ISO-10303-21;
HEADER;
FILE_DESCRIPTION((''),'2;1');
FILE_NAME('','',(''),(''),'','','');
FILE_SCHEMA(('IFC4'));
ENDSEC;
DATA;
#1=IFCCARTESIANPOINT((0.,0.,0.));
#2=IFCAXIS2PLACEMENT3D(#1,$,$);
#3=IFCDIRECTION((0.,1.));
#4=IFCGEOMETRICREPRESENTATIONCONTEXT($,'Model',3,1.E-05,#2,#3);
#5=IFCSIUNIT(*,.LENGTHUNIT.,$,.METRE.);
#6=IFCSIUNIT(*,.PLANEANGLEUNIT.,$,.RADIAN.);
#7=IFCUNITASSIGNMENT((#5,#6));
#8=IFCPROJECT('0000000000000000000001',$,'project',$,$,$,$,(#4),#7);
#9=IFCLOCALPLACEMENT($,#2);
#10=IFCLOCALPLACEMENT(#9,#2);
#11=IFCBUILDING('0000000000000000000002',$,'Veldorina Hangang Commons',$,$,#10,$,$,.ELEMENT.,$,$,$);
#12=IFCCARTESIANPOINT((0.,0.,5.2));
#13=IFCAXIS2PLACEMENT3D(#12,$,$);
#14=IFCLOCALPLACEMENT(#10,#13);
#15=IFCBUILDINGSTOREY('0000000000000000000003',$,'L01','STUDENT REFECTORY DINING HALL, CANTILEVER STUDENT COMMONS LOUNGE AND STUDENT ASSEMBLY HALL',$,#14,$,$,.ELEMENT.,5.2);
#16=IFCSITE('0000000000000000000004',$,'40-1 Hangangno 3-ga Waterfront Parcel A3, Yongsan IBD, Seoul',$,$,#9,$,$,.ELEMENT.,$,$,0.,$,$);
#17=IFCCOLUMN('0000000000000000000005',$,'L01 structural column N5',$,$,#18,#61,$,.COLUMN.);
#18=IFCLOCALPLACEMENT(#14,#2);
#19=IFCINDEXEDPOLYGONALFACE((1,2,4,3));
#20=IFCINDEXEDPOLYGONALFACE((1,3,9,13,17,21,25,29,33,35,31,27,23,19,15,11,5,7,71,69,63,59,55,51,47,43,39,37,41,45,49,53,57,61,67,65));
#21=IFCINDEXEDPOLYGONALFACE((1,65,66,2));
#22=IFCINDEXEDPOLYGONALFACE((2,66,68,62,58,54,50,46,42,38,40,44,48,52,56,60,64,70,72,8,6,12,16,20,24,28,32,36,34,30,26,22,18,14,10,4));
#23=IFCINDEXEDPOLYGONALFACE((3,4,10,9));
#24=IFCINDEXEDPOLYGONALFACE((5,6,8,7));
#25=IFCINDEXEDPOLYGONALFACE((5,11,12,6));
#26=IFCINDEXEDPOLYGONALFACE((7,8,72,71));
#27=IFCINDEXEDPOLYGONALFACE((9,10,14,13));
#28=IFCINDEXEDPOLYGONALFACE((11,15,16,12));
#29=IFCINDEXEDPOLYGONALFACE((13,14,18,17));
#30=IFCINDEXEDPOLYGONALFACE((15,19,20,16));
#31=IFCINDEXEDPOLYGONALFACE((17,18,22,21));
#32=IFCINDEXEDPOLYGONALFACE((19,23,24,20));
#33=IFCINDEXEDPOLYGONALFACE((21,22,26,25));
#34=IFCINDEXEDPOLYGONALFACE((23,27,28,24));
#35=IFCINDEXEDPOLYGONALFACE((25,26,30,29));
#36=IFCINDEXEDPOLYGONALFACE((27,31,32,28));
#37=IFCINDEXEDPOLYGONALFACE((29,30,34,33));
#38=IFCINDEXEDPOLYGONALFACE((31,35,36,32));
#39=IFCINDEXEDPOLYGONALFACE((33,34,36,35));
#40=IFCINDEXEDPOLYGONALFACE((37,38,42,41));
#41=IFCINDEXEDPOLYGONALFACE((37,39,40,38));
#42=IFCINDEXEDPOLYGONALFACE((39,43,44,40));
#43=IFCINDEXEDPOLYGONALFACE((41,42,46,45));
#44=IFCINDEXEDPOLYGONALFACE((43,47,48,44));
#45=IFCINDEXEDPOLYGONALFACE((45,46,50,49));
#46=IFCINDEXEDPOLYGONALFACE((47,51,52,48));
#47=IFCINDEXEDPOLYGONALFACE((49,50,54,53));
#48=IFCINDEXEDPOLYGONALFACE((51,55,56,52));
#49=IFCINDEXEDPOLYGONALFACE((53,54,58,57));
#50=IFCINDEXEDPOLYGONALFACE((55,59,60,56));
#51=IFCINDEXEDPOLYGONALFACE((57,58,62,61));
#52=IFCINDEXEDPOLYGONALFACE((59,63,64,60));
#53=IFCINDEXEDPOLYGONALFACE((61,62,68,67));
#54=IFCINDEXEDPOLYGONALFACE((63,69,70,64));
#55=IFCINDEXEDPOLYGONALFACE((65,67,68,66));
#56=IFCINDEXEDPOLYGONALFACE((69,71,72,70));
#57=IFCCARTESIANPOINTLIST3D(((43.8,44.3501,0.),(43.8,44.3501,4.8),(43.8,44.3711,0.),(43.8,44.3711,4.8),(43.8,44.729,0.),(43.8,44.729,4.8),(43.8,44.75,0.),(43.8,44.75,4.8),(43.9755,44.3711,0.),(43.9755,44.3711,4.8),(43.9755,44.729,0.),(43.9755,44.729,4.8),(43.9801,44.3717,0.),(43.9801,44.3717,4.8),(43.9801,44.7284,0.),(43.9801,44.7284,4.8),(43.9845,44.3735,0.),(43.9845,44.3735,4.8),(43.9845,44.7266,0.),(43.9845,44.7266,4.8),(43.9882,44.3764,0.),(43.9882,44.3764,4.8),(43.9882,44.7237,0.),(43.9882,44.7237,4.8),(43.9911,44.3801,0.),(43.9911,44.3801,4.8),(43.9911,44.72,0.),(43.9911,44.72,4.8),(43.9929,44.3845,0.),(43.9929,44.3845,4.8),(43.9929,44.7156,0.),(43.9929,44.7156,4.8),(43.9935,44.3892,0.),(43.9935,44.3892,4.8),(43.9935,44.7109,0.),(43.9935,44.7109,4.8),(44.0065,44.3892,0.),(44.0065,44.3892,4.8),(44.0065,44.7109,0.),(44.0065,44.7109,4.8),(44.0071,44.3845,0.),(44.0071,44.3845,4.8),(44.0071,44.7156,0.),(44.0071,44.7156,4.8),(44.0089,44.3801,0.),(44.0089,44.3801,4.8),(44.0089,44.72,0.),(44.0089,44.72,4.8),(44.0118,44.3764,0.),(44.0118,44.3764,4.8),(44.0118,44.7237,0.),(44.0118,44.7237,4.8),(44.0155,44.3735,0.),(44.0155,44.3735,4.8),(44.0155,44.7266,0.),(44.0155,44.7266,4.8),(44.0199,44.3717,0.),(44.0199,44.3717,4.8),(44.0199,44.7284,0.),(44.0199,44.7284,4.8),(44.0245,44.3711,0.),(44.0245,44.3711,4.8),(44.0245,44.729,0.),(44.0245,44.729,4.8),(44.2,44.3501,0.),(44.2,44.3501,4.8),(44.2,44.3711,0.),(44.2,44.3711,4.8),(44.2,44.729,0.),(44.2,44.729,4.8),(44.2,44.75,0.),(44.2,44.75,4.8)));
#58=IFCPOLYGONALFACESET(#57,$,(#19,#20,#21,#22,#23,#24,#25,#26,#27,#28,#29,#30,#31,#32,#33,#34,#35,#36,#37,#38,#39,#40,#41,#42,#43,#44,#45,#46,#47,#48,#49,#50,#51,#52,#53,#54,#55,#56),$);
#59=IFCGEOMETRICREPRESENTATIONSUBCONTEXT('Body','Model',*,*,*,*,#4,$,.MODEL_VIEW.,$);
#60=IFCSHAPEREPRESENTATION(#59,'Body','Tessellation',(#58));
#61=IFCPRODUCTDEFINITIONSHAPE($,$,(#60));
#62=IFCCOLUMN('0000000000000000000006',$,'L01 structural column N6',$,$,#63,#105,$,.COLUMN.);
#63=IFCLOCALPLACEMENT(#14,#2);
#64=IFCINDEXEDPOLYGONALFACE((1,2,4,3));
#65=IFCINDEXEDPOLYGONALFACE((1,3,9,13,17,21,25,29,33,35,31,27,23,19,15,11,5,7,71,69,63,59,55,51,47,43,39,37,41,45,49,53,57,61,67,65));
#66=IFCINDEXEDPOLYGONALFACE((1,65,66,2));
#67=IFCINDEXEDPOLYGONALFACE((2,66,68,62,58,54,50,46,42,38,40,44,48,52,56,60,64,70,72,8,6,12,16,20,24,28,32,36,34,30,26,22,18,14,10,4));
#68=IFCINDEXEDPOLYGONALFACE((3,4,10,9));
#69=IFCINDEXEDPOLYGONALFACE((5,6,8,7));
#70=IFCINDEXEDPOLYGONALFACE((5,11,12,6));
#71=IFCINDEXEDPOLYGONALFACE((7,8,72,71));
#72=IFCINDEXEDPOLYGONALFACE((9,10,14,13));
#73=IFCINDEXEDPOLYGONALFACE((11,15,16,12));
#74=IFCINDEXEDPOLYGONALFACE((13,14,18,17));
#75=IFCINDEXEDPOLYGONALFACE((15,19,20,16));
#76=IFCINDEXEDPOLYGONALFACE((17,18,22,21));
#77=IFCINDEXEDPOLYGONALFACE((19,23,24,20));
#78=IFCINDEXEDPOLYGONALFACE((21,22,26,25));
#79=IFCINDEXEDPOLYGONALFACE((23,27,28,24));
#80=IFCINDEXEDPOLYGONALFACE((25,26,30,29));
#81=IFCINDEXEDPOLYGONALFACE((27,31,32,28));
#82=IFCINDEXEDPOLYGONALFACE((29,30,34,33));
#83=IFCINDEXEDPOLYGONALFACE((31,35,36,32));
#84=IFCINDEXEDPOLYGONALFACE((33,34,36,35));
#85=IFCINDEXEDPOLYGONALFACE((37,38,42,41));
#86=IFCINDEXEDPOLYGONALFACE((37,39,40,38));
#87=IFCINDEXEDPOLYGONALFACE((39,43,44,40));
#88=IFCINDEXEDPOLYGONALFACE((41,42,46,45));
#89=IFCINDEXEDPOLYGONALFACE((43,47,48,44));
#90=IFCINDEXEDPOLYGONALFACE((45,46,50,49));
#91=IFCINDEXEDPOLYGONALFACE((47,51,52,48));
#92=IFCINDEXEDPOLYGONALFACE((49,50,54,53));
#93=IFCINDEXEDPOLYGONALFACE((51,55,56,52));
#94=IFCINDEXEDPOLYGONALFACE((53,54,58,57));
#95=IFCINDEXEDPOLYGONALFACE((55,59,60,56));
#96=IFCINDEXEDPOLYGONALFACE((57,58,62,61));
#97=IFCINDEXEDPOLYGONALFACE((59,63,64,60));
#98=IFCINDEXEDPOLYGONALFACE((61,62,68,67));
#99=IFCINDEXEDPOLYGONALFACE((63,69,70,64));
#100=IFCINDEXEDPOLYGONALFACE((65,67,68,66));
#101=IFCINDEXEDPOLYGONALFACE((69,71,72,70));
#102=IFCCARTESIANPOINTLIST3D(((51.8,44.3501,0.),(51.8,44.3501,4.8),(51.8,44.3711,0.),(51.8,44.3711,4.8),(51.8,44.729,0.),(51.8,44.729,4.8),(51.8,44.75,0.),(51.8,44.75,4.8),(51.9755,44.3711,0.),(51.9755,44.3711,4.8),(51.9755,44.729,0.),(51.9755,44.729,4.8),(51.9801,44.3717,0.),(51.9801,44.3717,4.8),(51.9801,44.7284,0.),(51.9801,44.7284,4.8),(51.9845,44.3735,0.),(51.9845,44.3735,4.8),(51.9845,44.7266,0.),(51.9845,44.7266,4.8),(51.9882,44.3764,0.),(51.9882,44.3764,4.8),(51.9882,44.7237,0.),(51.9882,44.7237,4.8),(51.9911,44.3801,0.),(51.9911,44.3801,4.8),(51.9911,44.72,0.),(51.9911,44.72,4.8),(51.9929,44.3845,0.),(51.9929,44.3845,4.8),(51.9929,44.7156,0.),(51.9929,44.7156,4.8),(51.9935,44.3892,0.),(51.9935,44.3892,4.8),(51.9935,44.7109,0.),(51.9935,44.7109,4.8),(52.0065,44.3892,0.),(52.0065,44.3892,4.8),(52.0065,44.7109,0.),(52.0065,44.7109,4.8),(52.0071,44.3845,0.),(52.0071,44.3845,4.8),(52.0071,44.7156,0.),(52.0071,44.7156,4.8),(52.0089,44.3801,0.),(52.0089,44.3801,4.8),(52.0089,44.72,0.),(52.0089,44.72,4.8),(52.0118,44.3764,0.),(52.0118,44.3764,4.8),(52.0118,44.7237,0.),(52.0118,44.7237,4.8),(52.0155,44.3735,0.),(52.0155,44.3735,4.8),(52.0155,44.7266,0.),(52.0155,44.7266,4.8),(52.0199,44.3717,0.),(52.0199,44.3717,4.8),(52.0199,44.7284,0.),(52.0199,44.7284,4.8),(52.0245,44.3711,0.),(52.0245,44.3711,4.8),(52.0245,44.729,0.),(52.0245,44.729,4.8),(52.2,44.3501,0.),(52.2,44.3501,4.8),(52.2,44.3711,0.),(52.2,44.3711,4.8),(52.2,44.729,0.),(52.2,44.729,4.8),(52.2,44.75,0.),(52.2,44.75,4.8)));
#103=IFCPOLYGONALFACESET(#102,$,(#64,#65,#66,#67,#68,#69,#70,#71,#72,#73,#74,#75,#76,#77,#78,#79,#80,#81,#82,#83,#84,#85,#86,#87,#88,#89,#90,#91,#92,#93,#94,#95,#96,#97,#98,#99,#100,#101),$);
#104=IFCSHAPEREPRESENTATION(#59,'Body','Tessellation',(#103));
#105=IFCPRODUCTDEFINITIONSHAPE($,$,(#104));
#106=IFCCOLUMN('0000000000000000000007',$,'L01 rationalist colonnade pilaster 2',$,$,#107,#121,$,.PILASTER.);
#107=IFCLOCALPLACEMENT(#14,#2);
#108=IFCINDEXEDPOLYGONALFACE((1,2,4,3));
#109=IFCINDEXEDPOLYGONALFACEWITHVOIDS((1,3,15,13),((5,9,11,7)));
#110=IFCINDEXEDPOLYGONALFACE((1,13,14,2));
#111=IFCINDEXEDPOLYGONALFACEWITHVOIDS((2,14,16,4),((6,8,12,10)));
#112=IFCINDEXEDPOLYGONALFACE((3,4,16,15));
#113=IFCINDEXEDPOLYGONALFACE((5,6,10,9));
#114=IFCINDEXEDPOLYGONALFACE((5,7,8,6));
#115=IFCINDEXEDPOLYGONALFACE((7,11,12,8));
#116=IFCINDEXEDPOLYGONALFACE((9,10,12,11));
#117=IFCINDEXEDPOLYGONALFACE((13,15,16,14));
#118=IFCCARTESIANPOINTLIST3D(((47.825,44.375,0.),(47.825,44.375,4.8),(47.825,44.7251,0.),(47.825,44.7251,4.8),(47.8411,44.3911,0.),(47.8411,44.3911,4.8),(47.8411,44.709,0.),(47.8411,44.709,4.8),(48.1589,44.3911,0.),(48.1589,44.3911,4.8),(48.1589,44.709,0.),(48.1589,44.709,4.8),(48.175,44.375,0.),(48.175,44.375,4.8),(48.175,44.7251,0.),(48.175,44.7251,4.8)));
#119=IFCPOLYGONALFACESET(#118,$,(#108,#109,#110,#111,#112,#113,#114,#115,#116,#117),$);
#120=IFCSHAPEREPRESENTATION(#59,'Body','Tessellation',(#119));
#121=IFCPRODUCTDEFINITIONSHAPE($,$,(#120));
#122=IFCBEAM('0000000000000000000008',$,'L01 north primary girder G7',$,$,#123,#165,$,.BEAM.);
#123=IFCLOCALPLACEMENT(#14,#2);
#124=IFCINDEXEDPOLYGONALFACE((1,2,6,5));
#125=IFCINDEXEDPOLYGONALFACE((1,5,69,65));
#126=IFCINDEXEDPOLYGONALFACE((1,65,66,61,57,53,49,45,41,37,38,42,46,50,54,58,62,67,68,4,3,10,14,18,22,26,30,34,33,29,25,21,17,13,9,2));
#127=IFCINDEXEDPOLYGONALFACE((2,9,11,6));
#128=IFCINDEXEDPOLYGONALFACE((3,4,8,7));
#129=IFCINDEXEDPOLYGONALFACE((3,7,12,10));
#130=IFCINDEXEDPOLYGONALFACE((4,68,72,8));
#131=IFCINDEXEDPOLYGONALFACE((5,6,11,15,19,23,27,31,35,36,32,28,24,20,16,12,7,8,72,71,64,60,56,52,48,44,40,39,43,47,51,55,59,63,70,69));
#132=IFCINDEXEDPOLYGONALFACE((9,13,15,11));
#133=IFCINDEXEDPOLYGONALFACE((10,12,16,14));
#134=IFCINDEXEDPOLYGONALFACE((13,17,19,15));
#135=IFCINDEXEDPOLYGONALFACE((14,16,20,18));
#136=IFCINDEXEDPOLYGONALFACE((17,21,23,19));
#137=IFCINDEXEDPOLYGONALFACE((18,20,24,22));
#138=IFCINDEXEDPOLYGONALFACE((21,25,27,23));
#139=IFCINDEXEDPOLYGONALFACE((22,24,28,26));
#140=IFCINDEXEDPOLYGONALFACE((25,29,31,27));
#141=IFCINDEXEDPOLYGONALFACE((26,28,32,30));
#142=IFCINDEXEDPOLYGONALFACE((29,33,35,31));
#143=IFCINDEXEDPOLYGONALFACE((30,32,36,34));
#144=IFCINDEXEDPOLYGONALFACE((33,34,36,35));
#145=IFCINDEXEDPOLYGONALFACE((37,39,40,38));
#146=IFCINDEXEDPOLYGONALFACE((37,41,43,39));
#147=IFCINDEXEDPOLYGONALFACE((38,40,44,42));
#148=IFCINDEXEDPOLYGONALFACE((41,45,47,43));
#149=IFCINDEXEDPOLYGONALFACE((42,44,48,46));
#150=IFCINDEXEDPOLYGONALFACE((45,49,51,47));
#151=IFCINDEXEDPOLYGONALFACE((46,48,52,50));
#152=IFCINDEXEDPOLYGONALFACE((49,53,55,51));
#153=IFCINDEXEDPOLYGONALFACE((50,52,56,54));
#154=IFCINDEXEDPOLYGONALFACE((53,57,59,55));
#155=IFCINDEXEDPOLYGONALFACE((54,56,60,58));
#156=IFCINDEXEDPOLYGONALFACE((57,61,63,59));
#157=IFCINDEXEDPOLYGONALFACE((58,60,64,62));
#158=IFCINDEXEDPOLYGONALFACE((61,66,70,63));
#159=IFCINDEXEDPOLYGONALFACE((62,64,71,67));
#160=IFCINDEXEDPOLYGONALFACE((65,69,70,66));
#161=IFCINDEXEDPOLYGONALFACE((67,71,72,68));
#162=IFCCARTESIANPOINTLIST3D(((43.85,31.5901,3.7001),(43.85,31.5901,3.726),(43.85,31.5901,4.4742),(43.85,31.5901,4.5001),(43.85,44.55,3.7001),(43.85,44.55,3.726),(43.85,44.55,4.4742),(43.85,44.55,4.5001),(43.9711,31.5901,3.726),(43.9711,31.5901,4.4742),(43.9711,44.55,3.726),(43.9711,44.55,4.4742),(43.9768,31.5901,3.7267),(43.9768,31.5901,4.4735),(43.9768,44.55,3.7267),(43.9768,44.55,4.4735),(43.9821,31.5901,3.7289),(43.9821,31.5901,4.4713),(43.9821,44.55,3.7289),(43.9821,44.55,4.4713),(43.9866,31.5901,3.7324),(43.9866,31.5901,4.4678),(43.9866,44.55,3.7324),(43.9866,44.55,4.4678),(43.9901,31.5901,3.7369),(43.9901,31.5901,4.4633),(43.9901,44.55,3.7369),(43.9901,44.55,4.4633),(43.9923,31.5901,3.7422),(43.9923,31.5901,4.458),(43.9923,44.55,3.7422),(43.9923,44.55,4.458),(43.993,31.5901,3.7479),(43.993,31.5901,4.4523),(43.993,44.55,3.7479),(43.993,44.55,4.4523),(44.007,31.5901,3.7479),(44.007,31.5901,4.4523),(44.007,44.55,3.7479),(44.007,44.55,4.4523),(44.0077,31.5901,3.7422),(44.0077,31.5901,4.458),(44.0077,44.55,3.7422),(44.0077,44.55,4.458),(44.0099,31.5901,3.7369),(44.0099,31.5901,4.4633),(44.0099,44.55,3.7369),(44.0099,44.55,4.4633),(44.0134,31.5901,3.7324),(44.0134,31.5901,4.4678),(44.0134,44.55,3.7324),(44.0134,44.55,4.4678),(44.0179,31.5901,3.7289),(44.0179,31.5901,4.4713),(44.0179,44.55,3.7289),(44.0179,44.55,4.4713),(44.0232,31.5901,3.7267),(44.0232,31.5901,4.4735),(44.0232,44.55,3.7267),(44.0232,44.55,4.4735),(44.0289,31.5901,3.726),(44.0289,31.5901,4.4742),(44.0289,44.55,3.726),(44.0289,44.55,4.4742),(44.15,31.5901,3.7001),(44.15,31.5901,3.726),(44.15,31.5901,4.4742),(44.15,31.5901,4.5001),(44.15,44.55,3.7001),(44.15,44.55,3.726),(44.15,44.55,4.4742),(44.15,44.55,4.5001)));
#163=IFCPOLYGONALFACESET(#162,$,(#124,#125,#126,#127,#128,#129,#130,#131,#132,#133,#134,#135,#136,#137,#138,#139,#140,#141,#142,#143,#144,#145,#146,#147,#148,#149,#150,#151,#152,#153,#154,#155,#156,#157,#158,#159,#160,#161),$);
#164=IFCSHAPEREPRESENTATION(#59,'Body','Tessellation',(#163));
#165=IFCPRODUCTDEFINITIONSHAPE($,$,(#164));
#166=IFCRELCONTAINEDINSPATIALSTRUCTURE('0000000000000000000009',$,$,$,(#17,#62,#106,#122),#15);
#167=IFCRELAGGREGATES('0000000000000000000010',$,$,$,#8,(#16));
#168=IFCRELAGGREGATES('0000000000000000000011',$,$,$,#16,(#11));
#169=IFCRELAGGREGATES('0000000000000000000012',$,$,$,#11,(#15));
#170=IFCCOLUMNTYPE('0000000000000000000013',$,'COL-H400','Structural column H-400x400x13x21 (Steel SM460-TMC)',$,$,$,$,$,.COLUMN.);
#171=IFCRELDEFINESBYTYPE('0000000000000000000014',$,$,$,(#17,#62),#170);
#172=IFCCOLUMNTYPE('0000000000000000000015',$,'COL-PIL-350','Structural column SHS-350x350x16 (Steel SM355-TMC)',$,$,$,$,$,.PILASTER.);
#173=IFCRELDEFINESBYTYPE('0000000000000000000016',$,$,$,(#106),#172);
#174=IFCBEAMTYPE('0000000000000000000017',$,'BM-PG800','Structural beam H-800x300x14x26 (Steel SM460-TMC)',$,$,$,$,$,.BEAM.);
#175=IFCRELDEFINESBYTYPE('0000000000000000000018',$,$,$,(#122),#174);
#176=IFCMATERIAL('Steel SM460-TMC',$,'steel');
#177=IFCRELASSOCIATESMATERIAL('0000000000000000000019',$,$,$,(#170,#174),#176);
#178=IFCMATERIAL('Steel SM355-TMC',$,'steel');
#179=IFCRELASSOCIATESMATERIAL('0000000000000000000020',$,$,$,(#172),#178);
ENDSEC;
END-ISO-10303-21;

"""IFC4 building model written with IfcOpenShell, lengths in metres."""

from ifc_helpers import new_model, si_unit, direction, frame, origin, origin_2d, place, context, subcontext, project, spatial, hollow_rectangle, i_section, extrude, material, material_profile, profile_set, type_object, element, save


model = new_model("IFC4")

# Units and contexts
model_context = context("Model", 3, precision=1e-05, world=origin(), true_north=direction((0.0, 1.0)))
body_context = subcontext(model_context, "Body", "Model", "MODEL_VIEW")
ifc_project = project(units=[si_unit("LENGTHUNIT", "METRE"), si_unit("PLANEANGLEUNIT", "RADIAN")], contexts=[model_context])

# Site, building, storey
site_placement = place(None, origin())
site = spatial("IfcSite", under=ifc_project, at=site_placement, Name="40-1 Hangangno 3-ga Waterfront Parcel A3, Yongsan IBD, Seoul", CompositionType="ELEMENT", RefElevation=0.0)
building_placement = place(site_placement, origin())
building = spatial("IfcBuilding", under=site, at=building_placement, Name="Veldorina Hangang Commons", CompositionType="ELEMENT")
storey_placement = place(building_placement, frame((0.0, 0.0, 5.2)))
storey = spatial("IfcBuildingStorey", under=building, at=storey_placement, Name="L01", Description="STUDENT REFECTORY DINING HALL, CANTILEVER STUDENT COMMONS LOUNGE AND STUDENT ASSEMBLY HALL", CompositionType="ELEMENT", Elevation=5.2)

# Columns
ifc_material_1 = material(Name="Steel SM460-TMC", Category="steel")
ifc_material_profile_1 = material_profile(ifc_material_1, i_section(OverallWidth=0.3999, OverallDepth=0.3999, WebThickness=0.0129, FlangeThickness=0.021, FilletRadius=0.0181, at=origin_2d()), Name="H-400x400x13x21")
ifc_profile_set_1 = profile_set([ifc_material_profile_1], Name="Steel SM460-TMC")
column_type_1 = type_object("IfcColumnType", Name="COL-H400", Description="Structural column H-400x400x13x21 (Steel SM460-TMC)", PredefinedType="COLUMN", material=ifc_profile_set_1)
for number, where, z_axis, x_axis, name in (
    (1, (44.0, 44.55, 0.0), (0.0, 0.0, 1.0), (1.0, 0.0, 0.0), "L01 structural column N5"),
    (2, (52.0, 44.55, 0.0), (0.0, 0.0, 1.0), (1.0, 0.0, 0.0), "L01 structural column N6"),
):
    element("IfcColumn", number, at=place(storey_placement, frame(where, z_axis=z_axis, x_axis=x_axis)), inside=storey, type_object=column_type_1, Name=name, PredefinedType="COLUMN", context=body_context, shape_type="SweptSolid", body=[
        extrude(i_section(OverallWidth=0.3999, OverallDepth=0.3999, WebThickness=0.0129, FlangeThickness=0.021, FilletRadius=0.0181, at=origin_2d()), origin(), (0.0, 0.0, 1.0), 4.8),
    ])
ifc_material_2 = material(Name="Steel SM355-TMC", Category="steel")
ifc_material_profile_2 = material_profile(ifc_material_2, hollow_rectangle(XDim=0.3501, YDim=0.3501, WallThickness=0.0161, at=origin_2d()), Name="SHS-350x350x16")
ifc_profile_set_2 = profile_set([ifc_material_profile_2], Name="Steel SM355-TMC")
column_type_2 = type_object("IfcColumnType", Name="COL-PIL-350", Description="Structural column SHS-350x350x16 (Steel SM355-TMC)", PredefinedType="PILASTER", material=ifc_profile_set_2)
column_placement = place(storey_placement, frame((48.0, 44.55, 0.0), z_axis=(0.0, 0.0, 1.0), x_axis=(1.0, 0.0, 0.0)))
element("IfcColumn", 3, at=column_placement, inside=storey, type_object=column_type_2, Name="L01 rationalist colonnade pilaster 2", PredefinedType="PILASTER", context=body_context, shape_type="SweptSolid", body=[
    extrude(hollow_rectangle(XDim=0.3501, YDim=0.3501, WallThickness=0.0161, at=origin_2d()), origin(), (0.0, 0.0, 1.0), 4.8),
])

# Beam
ifc_material_profile_3 = material_profile(ifc_material_1, i_section(OverallWidth=0.3, OverallDepth=0.8, WebThickness=0.0139, FlangeThickness=0.0259, FilletRadius=0.022, at=origin_2d()), Name="H-800x300x14x26")
ifc_profile_set_3 = profile_set([ifc_material_profile_3], Name="Steel SM460-TMC")
beam_type_1 = type_object("IfcBeamType", Name="BM-PG800", Description="Structural beam H-800x300x14x26 (Steel SM460-TMC)", PredefinedType="BEAM", material=ifc_profile_set_3)
for number, where, z_axis, x_axis, name in (
    (4, (44.0, 31.5901, 4.1001), (0.0, 1.0, 0.0), (-1.0, 0.0, 0.0), "L01 north primary girder G7"),
):
    element("IfcBeam", number, at=place(storey_placement, frame(where, z_axis=z_axis, x_axis=x_axis)), inside=storey, type_object=beam_type_1, Name=name, PredefinedType="BEAM", context=body_context, shape_type="SweptSolid", body=[
        extrude(i_section(OverallWidth=0.3, OverallDepth=0.8, WebThickness=0.0139, FlangeThickness=0.0259, FilletRadius=0.022, at=origin_2d()), origin(), (0.0, 0.0, 1.0), 12.96),
    ])

save(model, "model.ifc")
